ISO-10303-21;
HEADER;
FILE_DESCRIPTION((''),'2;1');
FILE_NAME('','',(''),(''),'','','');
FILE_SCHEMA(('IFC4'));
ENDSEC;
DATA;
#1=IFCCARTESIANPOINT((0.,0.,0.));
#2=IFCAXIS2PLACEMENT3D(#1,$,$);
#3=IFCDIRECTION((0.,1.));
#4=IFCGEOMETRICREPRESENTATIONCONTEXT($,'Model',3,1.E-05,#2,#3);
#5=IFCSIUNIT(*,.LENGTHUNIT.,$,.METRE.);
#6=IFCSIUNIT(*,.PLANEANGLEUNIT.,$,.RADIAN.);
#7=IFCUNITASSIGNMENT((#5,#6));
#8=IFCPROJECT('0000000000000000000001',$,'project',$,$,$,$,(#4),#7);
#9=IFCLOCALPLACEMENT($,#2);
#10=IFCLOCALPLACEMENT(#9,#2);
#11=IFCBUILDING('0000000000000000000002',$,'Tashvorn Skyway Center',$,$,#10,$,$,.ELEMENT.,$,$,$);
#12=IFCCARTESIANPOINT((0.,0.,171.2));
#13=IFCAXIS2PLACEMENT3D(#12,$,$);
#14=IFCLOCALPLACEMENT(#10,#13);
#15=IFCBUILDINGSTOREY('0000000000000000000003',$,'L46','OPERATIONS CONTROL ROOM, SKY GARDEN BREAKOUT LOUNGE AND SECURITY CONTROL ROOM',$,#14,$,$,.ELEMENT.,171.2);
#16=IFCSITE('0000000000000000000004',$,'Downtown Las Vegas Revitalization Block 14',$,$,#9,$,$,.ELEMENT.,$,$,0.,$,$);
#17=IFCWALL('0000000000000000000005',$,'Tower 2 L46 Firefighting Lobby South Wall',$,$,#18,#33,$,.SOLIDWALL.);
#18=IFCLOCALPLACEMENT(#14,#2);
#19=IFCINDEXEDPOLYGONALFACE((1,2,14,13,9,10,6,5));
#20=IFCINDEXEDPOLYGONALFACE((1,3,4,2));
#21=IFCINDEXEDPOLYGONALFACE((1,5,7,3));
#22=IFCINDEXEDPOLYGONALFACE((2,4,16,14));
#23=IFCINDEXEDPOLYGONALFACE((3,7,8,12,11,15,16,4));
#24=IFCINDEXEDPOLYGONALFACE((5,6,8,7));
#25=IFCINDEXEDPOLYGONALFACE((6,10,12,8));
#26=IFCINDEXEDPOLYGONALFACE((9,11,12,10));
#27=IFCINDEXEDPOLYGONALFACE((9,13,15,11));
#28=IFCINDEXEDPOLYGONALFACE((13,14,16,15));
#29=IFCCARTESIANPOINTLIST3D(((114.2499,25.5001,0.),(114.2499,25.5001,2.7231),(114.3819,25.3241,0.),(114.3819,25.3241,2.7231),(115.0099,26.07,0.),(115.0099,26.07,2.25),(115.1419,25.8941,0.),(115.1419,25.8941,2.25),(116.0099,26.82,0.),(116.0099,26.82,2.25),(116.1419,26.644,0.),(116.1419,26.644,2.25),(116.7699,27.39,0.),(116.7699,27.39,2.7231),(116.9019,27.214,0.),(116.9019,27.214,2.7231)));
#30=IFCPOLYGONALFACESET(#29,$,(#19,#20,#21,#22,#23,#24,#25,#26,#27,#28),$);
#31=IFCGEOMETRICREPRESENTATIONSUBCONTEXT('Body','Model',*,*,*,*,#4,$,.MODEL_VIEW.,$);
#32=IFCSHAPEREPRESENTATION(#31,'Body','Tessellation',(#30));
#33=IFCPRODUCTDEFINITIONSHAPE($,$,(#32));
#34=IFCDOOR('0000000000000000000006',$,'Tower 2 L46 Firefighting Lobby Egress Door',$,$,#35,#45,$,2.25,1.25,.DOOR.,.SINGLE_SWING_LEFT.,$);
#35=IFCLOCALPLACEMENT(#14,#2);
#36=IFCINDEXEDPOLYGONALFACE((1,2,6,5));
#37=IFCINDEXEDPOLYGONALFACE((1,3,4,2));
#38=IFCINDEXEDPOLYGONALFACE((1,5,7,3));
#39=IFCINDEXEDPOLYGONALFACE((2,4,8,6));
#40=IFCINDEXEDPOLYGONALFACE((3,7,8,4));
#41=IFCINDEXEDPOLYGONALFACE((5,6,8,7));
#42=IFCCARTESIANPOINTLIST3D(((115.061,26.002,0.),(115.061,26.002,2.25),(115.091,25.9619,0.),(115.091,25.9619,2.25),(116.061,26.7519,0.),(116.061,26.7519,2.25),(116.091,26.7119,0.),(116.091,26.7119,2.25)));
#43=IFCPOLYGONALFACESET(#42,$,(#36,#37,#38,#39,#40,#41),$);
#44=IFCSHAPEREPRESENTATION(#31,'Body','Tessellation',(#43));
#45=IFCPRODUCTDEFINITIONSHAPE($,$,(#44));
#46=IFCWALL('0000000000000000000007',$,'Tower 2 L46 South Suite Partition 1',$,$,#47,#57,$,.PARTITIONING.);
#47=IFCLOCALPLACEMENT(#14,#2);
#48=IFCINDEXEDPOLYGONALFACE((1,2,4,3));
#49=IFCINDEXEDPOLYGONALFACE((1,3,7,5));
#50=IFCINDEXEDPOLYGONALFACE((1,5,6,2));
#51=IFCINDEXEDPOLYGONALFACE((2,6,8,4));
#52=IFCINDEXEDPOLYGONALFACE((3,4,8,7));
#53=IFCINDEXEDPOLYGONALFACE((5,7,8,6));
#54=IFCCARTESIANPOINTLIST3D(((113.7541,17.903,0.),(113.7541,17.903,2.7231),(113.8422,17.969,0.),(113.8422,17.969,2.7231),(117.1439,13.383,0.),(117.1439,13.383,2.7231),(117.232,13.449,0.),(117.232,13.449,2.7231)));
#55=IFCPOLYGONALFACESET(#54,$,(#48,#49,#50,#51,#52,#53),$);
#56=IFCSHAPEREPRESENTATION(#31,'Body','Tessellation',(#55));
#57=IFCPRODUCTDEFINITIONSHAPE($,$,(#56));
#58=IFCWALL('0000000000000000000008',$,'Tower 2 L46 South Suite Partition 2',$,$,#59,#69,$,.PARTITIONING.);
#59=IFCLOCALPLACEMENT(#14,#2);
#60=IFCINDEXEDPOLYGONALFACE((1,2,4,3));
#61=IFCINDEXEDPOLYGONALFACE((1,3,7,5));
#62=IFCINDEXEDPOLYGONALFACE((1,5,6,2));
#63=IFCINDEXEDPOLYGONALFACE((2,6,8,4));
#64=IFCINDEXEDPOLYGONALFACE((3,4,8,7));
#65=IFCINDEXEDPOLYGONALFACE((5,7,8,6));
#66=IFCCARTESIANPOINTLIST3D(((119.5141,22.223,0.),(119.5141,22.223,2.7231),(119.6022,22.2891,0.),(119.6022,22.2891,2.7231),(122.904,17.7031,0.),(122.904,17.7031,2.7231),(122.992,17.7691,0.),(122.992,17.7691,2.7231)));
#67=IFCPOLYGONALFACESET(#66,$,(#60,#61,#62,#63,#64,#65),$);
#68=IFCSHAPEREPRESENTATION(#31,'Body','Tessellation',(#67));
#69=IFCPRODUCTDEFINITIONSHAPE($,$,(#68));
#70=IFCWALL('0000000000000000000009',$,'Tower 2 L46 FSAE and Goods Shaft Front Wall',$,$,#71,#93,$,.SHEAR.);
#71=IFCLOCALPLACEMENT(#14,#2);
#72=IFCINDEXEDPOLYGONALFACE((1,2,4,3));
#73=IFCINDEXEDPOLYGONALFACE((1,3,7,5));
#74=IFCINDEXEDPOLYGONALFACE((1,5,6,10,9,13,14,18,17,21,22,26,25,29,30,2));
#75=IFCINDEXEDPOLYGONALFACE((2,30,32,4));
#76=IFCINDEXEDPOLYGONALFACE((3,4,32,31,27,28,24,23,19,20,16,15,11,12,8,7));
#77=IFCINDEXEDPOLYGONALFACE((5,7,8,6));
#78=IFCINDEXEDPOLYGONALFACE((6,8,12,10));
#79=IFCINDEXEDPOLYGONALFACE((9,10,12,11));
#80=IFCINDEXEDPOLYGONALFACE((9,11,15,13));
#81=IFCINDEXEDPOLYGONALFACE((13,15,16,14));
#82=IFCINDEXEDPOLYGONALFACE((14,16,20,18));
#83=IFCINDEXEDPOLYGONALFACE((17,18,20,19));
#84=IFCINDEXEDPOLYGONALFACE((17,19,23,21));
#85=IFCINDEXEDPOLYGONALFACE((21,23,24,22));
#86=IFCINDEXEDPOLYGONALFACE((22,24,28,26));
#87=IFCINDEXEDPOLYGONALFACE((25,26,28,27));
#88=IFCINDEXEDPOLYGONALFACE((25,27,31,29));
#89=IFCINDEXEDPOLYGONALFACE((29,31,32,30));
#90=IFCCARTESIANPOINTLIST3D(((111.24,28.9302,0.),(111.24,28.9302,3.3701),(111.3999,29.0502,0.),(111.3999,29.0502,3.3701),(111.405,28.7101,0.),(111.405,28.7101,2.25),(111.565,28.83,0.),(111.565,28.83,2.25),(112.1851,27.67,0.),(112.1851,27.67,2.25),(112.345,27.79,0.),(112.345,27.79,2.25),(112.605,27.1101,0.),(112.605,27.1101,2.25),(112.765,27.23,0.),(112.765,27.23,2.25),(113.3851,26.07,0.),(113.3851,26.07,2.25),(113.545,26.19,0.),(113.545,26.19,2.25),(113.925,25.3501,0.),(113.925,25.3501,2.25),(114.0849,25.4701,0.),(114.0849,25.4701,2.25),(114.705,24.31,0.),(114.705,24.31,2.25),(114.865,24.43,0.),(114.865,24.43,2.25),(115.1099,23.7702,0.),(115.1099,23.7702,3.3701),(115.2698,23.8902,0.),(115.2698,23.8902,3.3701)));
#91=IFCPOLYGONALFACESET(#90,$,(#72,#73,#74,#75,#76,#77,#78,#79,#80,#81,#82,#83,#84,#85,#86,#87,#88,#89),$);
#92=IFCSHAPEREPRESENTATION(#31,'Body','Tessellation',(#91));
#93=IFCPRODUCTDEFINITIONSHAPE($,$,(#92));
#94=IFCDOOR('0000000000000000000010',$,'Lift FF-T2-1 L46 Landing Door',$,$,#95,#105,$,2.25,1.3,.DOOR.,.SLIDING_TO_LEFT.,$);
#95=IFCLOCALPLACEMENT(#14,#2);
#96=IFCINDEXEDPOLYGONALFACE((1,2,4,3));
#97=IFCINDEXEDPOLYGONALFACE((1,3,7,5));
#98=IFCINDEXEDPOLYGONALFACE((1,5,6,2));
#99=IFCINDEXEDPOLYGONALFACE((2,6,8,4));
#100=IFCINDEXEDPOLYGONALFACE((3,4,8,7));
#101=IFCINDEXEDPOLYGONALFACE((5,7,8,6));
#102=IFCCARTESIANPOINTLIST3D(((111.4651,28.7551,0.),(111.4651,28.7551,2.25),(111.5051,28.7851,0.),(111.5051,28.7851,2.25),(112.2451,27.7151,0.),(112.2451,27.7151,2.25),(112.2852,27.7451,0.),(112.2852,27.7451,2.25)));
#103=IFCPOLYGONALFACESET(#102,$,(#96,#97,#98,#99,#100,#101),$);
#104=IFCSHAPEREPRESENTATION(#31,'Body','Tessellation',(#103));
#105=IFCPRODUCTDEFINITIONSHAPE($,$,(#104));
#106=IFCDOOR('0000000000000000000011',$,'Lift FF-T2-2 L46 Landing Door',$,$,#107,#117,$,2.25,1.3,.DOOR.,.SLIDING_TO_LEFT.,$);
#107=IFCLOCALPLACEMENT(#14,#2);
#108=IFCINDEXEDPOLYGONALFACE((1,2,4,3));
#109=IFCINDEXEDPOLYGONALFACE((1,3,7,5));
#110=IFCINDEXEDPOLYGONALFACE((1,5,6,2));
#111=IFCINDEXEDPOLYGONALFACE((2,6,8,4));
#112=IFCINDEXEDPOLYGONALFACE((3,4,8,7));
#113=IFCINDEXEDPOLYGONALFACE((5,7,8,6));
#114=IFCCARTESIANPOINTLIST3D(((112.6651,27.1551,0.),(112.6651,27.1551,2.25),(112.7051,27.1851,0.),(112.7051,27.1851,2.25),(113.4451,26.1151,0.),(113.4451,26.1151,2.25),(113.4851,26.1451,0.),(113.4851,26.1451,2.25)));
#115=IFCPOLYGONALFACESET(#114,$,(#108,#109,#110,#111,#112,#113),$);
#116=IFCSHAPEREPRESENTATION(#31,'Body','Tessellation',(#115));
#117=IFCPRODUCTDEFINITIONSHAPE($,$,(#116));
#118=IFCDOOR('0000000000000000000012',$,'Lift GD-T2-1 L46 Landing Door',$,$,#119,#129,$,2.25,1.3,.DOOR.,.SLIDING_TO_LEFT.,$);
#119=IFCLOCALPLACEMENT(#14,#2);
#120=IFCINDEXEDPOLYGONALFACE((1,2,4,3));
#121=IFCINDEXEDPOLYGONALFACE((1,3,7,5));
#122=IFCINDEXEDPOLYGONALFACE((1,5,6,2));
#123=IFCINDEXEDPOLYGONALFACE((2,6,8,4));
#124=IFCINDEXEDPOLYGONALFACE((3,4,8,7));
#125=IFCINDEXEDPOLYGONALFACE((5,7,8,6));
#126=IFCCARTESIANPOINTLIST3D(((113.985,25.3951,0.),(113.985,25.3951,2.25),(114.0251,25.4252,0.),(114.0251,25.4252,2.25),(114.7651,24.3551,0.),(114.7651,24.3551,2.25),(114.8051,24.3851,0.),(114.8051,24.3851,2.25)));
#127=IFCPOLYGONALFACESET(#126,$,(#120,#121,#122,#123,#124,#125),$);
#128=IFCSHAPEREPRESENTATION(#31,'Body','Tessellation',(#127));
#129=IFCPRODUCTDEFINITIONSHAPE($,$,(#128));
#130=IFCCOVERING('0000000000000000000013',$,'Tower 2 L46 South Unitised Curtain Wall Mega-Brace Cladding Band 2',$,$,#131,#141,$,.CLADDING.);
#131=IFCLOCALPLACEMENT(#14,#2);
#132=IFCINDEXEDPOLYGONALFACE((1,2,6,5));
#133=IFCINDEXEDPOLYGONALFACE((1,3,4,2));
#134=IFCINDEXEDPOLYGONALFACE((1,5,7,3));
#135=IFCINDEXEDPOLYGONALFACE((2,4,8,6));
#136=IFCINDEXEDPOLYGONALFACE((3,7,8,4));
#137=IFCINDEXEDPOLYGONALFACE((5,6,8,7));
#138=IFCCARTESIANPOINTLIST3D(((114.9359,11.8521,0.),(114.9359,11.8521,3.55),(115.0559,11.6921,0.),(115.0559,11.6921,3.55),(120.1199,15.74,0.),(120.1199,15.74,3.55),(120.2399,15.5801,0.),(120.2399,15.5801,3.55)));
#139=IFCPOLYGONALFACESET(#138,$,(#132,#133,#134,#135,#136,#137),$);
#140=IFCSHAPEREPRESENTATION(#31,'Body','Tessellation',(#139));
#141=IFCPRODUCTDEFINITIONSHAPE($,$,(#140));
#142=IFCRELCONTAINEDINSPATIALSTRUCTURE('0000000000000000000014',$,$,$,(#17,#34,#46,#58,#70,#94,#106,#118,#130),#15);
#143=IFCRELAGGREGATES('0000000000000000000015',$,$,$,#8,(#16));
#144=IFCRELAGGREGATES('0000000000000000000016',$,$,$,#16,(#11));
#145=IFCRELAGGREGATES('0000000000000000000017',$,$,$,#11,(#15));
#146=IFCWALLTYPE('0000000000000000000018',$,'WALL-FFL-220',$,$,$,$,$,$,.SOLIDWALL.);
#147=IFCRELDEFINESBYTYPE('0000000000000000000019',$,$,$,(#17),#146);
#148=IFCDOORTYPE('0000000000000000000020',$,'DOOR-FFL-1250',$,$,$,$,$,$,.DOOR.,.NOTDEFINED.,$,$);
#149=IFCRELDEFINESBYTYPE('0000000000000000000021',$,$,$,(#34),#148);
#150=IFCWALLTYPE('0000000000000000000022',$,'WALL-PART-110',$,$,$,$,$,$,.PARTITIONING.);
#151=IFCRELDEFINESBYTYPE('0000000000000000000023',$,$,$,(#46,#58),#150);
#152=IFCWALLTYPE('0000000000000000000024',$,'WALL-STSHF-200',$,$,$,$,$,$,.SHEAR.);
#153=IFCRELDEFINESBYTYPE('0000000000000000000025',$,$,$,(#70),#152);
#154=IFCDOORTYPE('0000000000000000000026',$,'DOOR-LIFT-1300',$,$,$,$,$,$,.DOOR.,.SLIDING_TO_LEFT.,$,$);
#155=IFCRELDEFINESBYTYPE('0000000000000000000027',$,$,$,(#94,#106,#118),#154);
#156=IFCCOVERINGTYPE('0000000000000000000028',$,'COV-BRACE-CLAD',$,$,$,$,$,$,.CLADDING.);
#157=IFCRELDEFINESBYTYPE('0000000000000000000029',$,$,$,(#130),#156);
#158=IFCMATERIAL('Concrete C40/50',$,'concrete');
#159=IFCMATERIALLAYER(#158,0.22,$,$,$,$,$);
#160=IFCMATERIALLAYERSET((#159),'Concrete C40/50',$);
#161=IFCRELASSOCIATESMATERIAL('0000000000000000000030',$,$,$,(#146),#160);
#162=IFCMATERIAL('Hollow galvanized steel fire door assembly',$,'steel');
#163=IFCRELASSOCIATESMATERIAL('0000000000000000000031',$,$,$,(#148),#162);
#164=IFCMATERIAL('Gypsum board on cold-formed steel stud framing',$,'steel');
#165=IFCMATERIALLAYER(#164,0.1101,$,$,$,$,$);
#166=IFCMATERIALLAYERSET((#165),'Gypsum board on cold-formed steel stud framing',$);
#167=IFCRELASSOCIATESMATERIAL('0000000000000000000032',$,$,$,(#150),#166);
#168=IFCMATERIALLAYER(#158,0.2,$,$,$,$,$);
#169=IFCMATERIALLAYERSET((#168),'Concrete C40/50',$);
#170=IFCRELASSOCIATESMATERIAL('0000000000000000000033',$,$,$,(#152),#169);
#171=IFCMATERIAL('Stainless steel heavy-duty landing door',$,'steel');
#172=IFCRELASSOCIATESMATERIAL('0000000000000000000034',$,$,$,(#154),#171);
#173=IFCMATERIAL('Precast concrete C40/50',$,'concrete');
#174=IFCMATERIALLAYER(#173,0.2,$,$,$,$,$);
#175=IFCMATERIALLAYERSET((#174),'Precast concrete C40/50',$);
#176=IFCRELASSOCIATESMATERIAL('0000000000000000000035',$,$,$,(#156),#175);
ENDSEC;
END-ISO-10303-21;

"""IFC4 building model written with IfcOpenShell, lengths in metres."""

from ifc_helpers import new_model, si_unit, direction, frame, frame_2d, origin, origin_2d, place, context, subcontext, project, spatial, rectangle, extrude, material, layer, layer_set, type_object, element, fill, save


model = new_model("IFC4")

# Units and contexts
model_context = context("Model", 3, precision=1e-05, world=origin(), true_north=direction((0.0, 1.0)))
body_context = subcontext(model_context, "Body", "Model", "MODEL_VIEW")
ifc_project = project(units=[si_unit("LENGTHUNIT", "METRE"), si_unit("PLANEANGLEUNIT", "RADIAN")], contexts=[model_context])

# Site, building, storey
site_placement = place(None, origin())
site = spatial("IfcSite", under=ifc_project, at=site_placement, Name="Downtown Las Vegas Revitalization Block 14", CompositionType="ELEMENT", RefElevation=0.0)
building_placement = place(site_placement, origin())
building = spatial("IfcBuilding", under=site, at=building_placement, Name="Tashvorn Skyway Center", CompositionType="ELEMENT")
storey_placement = place(building_placement, frame((0.0, 0.0, 171.2)))
storey = spatial("IfcBuildingStorey", under=building, at=storey_placement, Name="L46", Description="OPERATIONS CONTROL ROOM, SKY GARDEN BREAKOUT LOUNGE AND SECURITY CONTROL ROOM", CompositionType="ELEMENT", Elevation=171.2)

# Wall, opening, door
ifc_material_1 = material(Name="Concrete C40/50", Category="concrete")
ifc_layer_1 = layer(ifc_material_1, 0.22)
ifc_layer_set_1 = layer_set([ifc_layer_1], Name="Concrete C40/50")
wall_type_1 = type_object("IfcWallType", Name="WALL-FFL-220", PredefinedType="SOLIDWALL", material=ifc_layer_set_1)
wall_1_placement = place(storey_placement, frame((114.3159, 25.4121, 0.0), z_axis=(0.0, 0.0, 1.0), x_axis=(0.800019, 0.599975, 0.0)))
wall_1 = element("IfcWall", 1, at=wall_1_placement, inside=storey, type_object=wall_type_1, Name="Tower 2 L46 Firefighting Lobby South Wall", PredefinedType="SOLIDWALL", context=body_context, shape_type="SweptSolid", body=[
    extrude(rectangle(XDim=3.1499, YDim=0.22, at=frame_2d((1.575, 0.0))), origin(), (0.0, 0.0, 1.0), 2.7231),
])
opening_1_placement = place(wall_1_placement, frame((0.95, 0.0, 0.0)))
opening_1 = element("IfcOpeningElement", 2, at=opening_1_placement, cuts=wall_1, PredefinedType="OPENING", context=body_context, shape_type="SweptSolid", body=[
    extrude(rectangle(XDim=1.25, YDim=2.25, at=frame_2d((0.625, 1.125))), frame((0.0, 0.1199, 0.0), z_axis=(0.0, -1.0, 0.0), x_axis=(1.0, 0.0, 0.0)), (0.0, 0.0, 1.0), 0.24),
])
ifc_material_2 = material(Name="Hollow galvanized steel fire door assembly", Category="steel")
door_type_1 = type_object("IfcDoorType", Name="DOOR-FFL-1250", OperationType="NOTDEFINED", PredefinedType="DOOR", material=ifc_material_2)
door_1_placement = place(opening_1_placement, origin())
door_1 = element("IfcDoor", 3, at=door_1_placement, inside=storey, type_object=door_type_1, Name="Tower 2 L46 Firefighting Lobby Egress Door", OperationType="SINGLE_SWING_LEFT", OverallHeight=2.25, OverallWidth=1.25, PredefinedType="DOOR", context=body_context, shape_type="SweptSolid", body=[
    extrude(rectangle(XDim=1.25, YDim=2.25, at=frame_2d((0.625, 1.125))), frame((0.0, 0.0249, 0.0), z_axis=(0.0, -1.0, 0.0), x_axis=(1.0, 0.0, 0.0)), (0.0, 0.0, 1.0), 0.05),
])
fill(opening_1, door_1)

# Walls
ifc_material_3 = material(Name="Gypsum board on cold-formed steel stud framing", Category="steel")
ifc_layer_2 = layer(ifc_material_3, 0.1101)
ifc_layer_set_2 = layer_set([ifc_layer_2], Name="Gypsum board on cold-formed steel stud framing")
wall_type_2 = type_object("IfcWallType", Name="WALL-PART-110", PredefinedType="PARTITIONING", material=ifc_layer_set_2)
for number, where, z_axis, x_axis, name in (
    (4, (117.188, 13.416, 0.0), (0.0, 0.0, 1.0), (-0.599986, 0.80001, 0.0), "Tower 2 L46 South Suite Partition 1"),
    (5, (122.948, 17.7361, 0.0), (0.0, 0.0, 1.0), (-0.599986, 0.80001, 0.0), "Tower 2 L46 South Suite Partition 2"),
):
    element("IfcWall", number, at=place(storey_placement, frame(where, z_axis=z_axis, x_axis=x_axis)), inside=storey, type_object=wall_type_2, Name=name, PredefinedType="PARTITIONING", context=body_context, shape_type="SweptSolid", body=[
        extrude(rectangle(XDim=5.6499, YDim=0.1101, at=frame_2d((2.825, 0.0))), origin(), (0.0, 0.0, 1.0), 2.7231),
    ])

# Wall, openings, doors
ifc_layer_3 = layer(ifc_material_1, 0.2)
ifc_layer_set_3 = layer_set([ifc_layer_3], Name="Concrete C40/50")
wall_type_3 = type_object("IfcWallType", Name="WALL-STSHF-200", PredefinedType="SHEAR", material=ifc_layer_set_3)
wall_2_placement = place(storey_placement, frame((115.1899, 23.8301, 0.0), z_axis=(0.0, 0.0, 1.0), x_axis=(-0.599994, 0.800005, 0.0)))
wall_2 = element("IfcWall", 6, at=wall_2_placement, inside=storey, type_object=wall_type_3, Name="Tower 2 L46 FSAE and Goods Shaft Front Wall", PredefinedType="SHEAR", context=body_context, shape_type="SweptSolid", body=[
    extrude(rectangle(XDim=6.45, YDim=0.2, at=frame_2d((3.2251, 0.0))), origin(), (0.0, 0.0, 1.0), 3.3701),
])
opening_2_placement = place(wall_2_placement, frame((4.875, 0.0, 0.0)))
opening_2 = element("IfcOpeningElement", 7, at=opening_2_placement, cuts=wall_2, PredefinedType="OPENING", context=body_context, shape_type="SweptSolid", body=[
    extrude(rectangle(XDim=1.3, YDim=2.25, at=frame_2d((0.6499, 1.125))), frame((0.0, 0.1099, 0.0), z_axis=(0.0, -1.0, 0.0), x_axis=(1.0, 0.0, 0.0)), (0.0, 0.0, 1.0), 0.22),
])
opening_3_placement = place(wall_2_placement, frame((2.875, 0.0, 0.0)))
opening_3 = element("IfcOpeningElement", 8, at=opening_3_placement, cuts=wall_2, PredefinedType="OPENING", context=body_context, shape_type="SweptSolid", body=[
    extrude(rectangle(XDim=1.3, YDim=2.25, at=frame_2d((0.6499, 1.125))), frame((0.0, 0.1099, 0.0), z_axis=(0.0, -1.0, 0.0), x_axis=(1.0, 0.0, 0.0)), (0.0, 0.0, 1.0), 0.22),
])
opening_4_placement = place(wall_2_placement, frame((0.675, 0.0, 0.0)))
opening_4 = element("IfcOpeningElement", 9, at=opening_4_placement, cuts=wall_2, PredefinedType="OPENING", context=body_context, shape_type="SweptSolid", body=[
    extrude(rectangle(XDim=1.3, YDim=2.25, at=frame_2d((0.6499, 1.125))), frame((0.0, 0.1099, 0.0), z_axis=(0.0, -1.0, 0.0), x_axis=(1.0, 0.0, 0.0)), (0.0, 0.0, 1.0), 0.22),
])
ifc_material_4 = material(Name="Stainless steel heavy-duty landing door", Category="steel")
door_type_2 = type_object("IfcDoorType", Name="DOOR-LIFT-1300", OperationType="SLIDING_TO_LEFT", PredefinedType="DOOR", material=ifc_material_4)
door_2_placement = place(opening_2_placement, origin())
door_2 = element("IfcDoor", 10, at=door_2_placement, inside=storey, type_object=door_type_2, Name="Lift FF-T2-1 L46 Landing Door", OperationType="SLIDING_TO_LEFT", OverallHeight=2.25, OverallWidth=1.3, PredefinedType="DOOR", context=body_context, shape_type="SweptSolid", body=[
    extrude(rectangle(XDim=1.3, YDim=2.25, at=frame_2d((0.6499, 1.125))), frame((0.0, 0.0249, 0.0), z_axis=(0.0, -1.0, 0.0), x_axis=(1.0, 0.0, 0.0)), (0.0, 0.0, 1.0), 0.05),
])
fill(opening_2, door_2)
door_3_placement = place(opening_3_placement, origin())
door_3 = element("IfcDoor", 11, at=door_3_placement, inside=storey, type_object=door_type_2, Name="Lift FF-T2-2 L46 Landing Door", OperationType="SLIDING_TO_LEFT", OverallHeight=2.25, OverallWidth=1.3, PredefinedType="DOOR", context=body_context, shape_type="SweptSolid", body=[
    extrude(rectangle(XDim=1.3, YDim=2.25, at=frame_2d((0.6499, 1.125))), frame((0.0, 0.0249, 0.0), z_axis=(0.0, -1.0, 0.0), x_axis=(1.0, 0.0, 0.0)), (0.0, 0.0, 1.0), 0.05),
])
fill(opening_3, door_3)
door_4_placement = place(opening_4_placement, origin())
door_4 = element("IfcDoor", 12, at=door_4_placement, inside=storey, type_object=door_type_2, Name="Lift GD-T2-1 L46 Landing Door", OperationType="SLIDING_TO_LEFT", OverallHeight=2.25, OverallWidth=1.3, PredefinedType="DOOR", context=body_context, shape_type="SweptSolid", body=[
    extrude(rectangle(XDim=1.3, YDim=2.25, at=frame_2d((0.6499, 1.125))), frame((0.0, 0.0249, 0.0), z_axis=(0.0, -1.0, 0.0), x_axis=(1.0, 0.0, 0.0)), (0.0, 0.0, 1.0), 0.05),
])
fill(opening_4, door_4)

# Covering
ifc_material_5 = material(Name="Precast concrete C40/50", Category="concrete")
ifc_layer_4 = layer(ifc_material_5, 0.2)
ifc_layer_set_4 = layer_set([ifc_layer_4], Name="Precast concrete C40/50")
covering_type = type_object("IfcCoveringType", Name="COV-BRACE-CLAD", PredefinedType="CLADDING", material=ifc_layer_set_4)
covering_placement = place(storey_placement, frame((117.5879, 13.7161, 0.0), z_axis=(0.0, 0.0, 1.0), x_axis=(-0.8, -0.6, 0.0)))
element("IfcCovering", 13, at=covering_placement, inside=storey, type_object=covering_type, Name="Tower 2 L46 South Unitised Curtain Wall Mega-Brace Cladding Band 2", PredefinedType="CLADDING", context=body_context, shape_type="SweptSolid", body=[
    extrude(rectangle(XDim=6.48, YDim=0.2, at=origin_2d()), origin(), (0.0, 0.0, 1.0), 3.55),
])

save(model, "model.ifc")
